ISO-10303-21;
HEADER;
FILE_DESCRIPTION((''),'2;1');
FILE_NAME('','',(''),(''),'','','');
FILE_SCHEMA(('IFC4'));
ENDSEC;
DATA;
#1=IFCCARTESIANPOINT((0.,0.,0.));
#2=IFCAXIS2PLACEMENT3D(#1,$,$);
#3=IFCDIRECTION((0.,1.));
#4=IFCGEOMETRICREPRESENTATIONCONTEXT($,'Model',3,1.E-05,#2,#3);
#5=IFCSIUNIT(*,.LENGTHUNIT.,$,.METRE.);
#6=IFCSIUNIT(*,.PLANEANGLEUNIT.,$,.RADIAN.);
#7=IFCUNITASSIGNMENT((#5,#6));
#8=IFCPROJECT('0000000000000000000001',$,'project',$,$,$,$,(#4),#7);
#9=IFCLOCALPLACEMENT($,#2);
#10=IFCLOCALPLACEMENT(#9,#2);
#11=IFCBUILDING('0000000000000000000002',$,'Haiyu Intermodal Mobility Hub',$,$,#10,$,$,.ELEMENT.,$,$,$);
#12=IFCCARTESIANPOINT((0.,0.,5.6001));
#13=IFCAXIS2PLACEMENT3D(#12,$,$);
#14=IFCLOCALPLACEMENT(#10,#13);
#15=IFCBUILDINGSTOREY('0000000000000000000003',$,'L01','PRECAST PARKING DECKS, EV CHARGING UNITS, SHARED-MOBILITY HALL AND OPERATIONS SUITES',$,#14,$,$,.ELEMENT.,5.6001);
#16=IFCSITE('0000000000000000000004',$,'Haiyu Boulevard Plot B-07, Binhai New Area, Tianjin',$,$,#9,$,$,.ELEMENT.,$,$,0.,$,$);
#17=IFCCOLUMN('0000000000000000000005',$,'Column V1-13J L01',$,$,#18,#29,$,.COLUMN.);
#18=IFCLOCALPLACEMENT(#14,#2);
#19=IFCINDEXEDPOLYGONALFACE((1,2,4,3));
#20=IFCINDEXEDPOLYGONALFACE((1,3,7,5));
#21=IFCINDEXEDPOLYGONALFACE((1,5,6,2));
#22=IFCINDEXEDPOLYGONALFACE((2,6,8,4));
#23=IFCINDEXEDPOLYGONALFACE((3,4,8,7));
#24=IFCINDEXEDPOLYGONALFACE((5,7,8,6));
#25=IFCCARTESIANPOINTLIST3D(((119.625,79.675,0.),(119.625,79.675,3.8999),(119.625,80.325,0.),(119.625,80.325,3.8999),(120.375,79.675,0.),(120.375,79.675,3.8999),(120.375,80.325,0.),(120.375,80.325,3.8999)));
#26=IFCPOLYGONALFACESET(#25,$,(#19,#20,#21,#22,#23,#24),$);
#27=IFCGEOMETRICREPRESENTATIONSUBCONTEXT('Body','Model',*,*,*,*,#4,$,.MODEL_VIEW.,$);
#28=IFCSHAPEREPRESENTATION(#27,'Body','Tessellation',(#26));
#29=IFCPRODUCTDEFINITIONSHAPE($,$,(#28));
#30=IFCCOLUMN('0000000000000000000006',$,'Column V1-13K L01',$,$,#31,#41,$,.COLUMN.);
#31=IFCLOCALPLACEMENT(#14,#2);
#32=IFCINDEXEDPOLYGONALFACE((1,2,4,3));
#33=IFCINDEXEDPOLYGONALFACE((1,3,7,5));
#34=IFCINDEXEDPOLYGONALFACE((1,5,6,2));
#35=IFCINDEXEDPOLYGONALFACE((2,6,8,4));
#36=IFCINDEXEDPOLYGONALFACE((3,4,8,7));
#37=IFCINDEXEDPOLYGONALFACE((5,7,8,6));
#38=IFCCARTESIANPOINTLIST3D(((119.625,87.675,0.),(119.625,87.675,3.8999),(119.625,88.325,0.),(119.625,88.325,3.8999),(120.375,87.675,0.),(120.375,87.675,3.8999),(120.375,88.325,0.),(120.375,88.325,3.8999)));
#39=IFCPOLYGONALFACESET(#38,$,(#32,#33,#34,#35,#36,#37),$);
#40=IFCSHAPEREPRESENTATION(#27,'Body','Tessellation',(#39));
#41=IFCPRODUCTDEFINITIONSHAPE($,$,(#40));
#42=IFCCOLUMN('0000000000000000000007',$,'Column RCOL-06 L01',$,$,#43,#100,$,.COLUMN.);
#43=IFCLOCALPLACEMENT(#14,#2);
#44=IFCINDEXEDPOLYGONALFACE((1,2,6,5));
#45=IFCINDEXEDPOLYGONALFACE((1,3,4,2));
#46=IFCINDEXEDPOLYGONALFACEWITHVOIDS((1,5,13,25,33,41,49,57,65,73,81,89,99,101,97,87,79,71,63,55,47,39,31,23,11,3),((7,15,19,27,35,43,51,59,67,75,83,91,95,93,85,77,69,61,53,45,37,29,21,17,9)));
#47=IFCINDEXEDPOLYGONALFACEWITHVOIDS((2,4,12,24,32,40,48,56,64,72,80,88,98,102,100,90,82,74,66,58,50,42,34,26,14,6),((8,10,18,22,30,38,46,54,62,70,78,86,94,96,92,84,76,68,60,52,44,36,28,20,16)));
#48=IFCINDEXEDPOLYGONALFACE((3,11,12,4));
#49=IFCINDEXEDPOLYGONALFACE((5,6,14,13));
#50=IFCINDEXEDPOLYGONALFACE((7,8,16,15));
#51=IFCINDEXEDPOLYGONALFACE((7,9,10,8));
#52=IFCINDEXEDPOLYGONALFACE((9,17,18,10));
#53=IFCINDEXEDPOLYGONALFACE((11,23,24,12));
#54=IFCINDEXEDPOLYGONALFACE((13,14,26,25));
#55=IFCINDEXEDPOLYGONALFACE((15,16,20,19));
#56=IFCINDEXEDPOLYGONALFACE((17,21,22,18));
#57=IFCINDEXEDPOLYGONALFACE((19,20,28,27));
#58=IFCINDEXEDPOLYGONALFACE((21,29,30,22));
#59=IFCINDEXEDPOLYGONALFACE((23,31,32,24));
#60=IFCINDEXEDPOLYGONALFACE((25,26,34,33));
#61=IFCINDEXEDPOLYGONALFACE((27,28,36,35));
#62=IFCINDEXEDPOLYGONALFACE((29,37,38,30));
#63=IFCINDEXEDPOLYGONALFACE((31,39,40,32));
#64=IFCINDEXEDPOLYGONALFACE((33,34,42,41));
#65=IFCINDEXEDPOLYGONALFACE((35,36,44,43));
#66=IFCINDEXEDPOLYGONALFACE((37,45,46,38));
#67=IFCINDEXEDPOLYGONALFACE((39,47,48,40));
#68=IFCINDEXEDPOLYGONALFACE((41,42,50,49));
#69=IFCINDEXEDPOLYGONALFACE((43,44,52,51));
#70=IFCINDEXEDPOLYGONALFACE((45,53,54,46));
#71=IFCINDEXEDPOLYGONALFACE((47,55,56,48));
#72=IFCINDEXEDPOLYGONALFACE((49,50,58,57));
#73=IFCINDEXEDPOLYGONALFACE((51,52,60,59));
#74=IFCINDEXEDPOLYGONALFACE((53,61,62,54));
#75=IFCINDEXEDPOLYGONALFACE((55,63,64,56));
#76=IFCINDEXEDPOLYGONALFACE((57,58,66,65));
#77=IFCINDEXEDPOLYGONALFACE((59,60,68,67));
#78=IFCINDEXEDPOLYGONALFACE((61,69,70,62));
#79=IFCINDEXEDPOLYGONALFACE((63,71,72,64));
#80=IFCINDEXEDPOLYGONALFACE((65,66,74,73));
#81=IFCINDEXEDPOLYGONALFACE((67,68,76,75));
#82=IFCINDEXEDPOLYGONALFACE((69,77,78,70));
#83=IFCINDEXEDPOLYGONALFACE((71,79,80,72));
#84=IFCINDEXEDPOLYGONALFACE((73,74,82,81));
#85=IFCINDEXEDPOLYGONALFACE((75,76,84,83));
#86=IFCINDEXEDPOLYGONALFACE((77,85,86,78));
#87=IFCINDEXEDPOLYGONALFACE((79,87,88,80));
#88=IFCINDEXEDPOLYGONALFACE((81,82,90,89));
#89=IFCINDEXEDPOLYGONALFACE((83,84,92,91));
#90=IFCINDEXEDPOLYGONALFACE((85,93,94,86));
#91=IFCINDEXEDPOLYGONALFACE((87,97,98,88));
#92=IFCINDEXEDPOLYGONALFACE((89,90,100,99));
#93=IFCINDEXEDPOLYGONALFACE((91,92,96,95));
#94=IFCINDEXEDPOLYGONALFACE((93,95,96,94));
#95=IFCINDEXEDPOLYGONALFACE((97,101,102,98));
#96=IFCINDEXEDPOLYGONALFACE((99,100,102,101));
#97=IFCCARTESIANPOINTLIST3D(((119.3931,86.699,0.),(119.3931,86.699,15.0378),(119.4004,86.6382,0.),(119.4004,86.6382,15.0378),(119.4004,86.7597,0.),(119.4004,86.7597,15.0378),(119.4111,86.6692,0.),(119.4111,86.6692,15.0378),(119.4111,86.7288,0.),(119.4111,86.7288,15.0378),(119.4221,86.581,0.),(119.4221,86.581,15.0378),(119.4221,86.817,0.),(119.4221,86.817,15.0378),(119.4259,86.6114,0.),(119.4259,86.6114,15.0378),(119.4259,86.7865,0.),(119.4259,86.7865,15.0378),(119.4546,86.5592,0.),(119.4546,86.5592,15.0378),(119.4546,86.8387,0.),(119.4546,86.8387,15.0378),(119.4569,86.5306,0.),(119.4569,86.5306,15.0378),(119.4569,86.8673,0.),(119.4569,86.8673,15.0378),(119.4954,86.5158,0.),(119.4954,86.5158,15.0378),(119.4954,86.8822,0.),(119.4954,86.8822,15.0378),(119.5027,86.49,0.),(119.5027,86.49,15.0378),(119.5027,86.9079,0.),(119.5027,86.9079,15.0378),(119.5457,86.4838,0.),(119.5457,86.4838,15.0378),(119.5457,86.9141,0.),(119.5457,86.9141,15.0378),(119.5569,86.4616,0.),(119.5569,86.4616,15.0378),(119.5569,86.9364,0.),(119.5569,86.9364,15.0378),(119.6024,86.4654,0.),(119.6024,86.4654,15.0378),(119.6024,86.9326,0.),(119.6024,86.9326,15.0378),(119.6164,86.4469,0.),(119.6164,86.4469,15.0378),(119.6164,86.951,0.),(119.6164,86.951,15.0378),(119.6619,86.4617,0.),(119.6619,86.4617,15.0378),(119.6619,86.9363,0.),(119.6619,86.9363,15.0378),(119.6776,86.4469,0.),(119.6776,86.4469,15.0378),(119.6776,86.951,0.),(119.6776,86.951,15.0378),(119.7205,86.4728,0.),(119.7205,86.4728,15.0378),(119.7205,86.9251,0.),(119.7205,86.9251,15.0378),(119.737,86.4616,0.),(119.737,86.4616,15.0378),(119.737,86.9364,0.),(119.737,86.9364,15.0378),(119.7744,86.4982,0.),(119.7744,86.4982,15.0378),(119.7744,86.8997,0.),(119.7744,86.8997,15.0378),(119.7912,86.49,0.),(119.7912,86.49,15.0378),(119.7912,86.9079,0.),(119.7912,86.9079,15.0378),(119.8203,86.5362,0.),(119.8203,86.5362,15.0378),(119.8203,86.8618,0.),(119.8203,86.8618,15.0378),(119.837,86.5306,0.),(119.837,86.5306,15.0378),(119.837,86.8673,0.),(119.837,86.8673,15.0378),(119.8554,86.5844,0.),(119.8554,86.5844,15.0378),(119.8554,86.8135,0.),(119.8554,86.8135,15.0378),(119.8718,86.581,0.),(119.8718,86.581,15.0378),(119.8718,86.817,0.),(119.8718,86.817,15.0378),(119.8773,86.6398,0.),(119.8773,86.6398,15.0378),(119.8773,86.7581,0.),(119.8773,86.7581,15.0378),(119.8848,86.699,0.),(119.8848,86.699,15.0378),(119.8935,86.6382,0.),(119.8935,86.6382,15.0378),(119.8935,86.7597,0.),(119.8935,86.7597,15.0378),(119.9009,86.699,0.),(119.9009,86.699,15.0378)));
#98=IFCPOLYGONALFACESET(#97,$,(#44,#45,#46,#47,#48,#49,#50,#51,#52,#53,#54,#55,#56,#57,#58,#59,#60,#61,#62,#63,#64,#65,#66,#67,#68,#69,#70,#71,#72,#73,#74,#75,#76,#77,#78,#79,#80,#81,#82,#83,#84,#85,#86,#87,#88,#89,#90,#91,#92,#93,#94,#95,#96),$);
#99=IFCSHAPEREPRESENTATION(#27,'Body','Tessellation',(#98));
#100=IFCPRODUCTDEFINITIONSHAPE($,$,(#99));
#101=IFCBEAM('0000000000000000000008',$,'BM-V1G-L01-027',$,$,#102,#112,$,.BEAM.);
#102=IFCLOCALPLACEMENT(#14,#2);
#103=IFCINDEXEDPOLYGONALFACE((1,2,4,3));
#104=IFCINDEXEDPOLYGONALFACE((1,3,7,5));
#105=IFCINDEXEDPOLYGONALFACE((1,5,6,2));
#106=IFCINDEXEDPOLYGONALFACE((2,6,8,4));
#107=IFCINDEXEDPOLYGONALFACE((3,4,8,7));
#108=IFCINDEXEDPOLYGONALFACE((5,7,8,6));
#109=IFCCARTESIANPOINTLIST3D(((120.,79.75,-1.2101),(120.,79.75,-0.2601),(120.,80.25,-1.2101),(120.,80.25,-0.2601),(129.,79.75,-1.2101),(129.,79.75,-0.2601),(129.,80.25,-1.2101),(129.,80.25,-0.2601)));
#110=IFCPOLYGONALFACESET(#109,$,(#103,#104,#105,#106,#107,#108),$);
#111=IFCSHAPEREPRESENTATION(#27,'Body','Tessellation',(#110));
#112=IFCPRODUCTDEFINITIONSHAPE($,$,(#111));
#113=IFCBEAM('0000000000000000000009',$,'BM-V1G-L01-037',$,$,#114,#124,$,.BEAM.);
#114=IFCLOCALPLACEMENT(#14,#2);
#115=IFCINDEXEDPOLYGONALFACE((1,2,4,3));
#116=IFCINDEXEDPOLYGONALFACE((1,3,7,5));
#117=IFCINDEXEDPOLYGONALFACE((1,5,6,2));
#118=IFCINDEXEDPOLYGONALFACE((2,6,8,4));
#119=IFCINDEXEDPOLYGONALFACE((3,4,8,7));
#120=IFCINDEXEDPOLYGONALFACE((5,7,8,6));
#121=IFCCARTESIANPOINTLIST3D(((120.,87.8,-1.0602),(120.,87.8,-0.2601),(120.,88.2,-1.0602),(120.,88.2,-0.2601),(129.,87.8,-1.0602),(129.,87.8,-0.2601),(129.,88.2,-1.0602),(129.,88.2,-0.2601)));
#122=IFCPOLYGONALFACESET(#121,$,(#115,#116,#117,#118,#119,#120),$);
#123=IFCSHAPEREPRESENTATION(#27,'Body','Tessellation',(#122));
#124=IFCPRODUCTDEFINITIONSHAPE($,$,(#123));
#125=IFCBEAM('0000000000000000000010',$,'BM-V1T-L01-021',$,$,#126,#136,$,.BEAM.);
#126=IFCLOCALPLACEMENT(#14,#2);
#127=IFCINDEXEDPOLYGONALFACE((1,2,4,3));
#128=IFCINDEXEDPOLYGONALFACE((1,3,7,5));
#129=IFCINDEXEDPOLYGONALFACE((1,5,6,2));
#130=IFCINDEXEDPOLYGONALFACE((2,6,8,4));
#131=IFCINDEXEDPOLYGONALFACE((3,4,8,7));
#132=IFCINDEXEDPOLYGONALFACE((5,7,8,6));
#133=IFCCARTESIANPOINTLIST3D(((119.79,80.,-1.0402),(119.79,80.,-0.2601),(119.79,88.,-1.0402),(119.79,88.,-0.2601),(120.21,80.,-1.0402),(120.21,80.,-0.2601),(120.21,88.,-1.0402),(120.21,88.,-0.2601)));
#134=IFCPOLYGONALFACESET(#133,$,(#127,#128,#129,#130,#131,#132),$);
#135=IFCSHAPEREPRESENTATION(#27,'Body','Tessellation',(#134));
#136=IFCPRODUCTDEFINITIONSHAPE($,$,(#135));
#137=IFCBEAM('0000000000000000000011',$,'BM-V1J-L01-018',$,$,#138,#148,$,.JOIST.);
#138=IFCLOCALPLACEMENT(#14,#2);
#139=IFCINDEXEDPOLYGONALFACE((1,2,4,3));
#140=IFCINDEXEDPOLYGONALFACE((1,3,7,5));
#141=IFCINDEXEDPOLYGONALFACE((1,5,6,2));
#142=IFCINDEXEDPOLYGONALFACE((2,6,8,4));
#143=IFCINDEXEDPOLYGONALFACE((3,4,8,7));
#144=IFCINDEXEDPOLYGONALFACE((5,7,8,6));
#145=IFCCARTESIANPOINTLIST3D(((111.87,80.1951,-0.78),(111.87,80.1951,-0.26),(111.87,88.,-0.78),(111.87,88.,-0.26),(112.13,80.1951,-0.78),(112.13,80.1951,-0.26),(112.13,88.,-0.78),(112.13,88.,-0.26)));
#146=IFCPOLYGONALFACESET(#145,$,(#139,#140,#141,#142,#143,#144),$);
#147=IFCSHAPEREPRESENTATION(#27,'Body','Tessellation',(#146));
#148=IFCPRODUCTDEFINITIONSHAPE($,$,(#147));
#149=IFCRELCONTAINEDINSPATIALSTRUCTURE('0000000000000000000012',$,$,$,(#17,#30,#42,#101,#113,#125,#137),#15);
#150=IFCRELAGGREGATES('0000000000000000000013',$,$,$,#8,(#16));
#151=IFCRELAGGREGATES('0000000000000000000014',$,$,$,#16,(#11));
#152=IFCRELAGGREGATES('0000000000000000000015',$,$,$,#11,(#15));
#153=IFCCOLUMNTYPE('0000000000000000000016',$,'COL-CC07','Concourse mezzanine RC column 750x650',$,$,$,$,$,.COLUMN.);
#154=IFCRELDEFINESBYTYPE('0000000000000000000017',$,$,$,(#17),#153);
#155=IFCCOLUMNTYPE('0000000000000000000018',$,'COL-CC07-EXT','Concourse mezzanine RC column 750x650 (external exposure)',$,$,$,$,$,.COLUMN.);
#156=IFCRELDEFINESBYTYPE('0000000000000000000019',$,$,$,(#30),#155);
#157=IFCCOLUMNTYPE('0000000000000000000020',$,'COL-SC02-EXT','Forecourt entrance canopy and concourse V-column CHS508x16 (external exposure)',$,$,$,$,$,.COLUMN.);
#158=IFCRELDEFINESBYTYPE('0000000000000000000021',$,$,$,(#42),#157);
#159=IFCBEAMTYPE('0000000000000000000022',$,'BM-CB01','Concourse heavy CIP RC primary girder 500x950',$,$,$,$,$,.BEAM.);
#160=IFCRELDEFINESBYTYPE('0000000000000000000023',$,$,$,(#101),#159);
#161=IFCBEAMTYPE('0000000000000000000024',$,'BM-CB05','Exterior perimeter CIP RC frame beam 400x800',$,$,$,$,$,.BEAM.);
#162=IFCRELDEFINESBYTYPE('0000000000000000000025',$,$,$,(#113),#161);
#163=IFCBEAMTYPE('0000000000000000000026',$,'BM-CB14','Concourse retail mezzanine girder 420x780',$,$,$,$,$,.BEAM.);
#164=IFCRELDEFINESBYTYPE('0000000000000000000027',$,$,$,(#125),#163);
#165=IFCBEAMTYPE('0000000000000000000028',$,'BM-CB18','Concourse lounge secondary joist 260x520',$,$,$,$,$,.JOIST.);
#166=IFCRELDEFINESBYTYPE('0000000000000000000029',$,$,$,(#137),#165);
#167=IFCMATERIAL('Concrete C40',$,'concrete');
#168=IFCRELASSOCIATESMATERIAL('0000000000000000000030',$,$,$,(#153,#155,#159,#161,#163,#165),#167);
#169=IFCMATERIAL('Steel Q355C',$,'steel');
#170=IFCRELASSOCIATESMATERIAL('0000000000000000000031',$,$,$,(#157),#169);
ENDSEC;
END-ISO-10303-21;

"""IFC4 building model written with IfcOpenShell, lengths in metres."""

from ifc_helpers import new_model, si_unit, direction, frame, origin, origin_2d, place, context, subcontext, project, spatial, rectangle, hollow_circle, extrude, material, material_profile, profile_set, type_object, element, save


model = new_model("IFC4")

# Units and contexts
model_context = context("Model", 3, precision=1e-05, world=origin(), true_north=direction((0.0, 1.0)))
body_context = subcontext(model_context, "Body", "Model", "MODEL_VIEW")
ifc_project = project(units=[si_unit("LENGTHUNIT", "METRE"), si_unit("PLANEANGLEUNIT", "RADIAN")], contexts=[model_context])

# Site, building, storey
site_placement = place(None, origin())
site = spatial("IfcSite", under=ifc_project, at=site_placement, Name="Haiyu Boulevard Plot B-07, Binhai New Area, Tianjin", CompositionType="ELEMENT", RefElevation=0.0)
building_placement = place(site_placement, origin())
building = spatial("IfcBuilding", under=site, at=building_placement, Name="Haiyu Intermodal Mobility Hub", CompositionType="ELEMENT")
storey_placement = place(building_placement, frame((0.0, 0.0, 5.6001)))
storey = spatial("IfcBuildingStorey", under=building, at=storey_placement, Name="L01", Description="PRECAST PARKING DECKS, EV CHARGING UNITS, SHARED-MOBILITY HALL AND OPERATIONS SUITES", CompositionType="ELEMENT", Elevation=5.6001)

# Columns
ifc_material_1 = material(Name="Concrete C40", Category="concrete")
ifc_material_profile_1 = material_profile(ifc_material_1, rectangle(XDim=0.75, YDim=0.6499, at=origin_2d()), Name="RC750x650")
ifc_profile_set_1 = profile_set([ifc_material_profile_1], Name="Concrete C40")
column_type_1 = type_object("IfcColumnType", Name="COL-CC07", Description="Concourse mezzanine RC column 750x650", PredefinedType="COLUMN", material=ifc_profile_set_1)
column_1_placement = place(storey_placement, frame((120.0, 80.0, 0.0), z_axis=(0.0, 0.0, 1.0), x_axis=(1.0, 0.0, 0.0)))
element("IfcColumn", 1, at=column_1_placement, inside=storey, type_object=column_type_1, Name="Column V1-13J L01", PredefinedType="COLUMN", context=body_context, shape_type="SweptSolid", body=[
    extrude(rectangle(XDim=0.75, YDim=0.6499, at=origin_2d()), origin(), (0.0, 0.0, 1.0), 3.8999),
])
ifc_material_profile_2 = material_profile(ifc_material_1, rectangle(XDim=0.75, YDim=0.6499, at=origin_2d()), Name="RC750x650")
ifc_profile_set_2 = profile_set([ifc_material_profile_2], Name="Concrete C40")
column_type_2 = type_object("IfcColumnType", Name="COL-CC07-EXT", Description="Concourse mezzanine RC column 750x650 (external exposure)", PredefinedType="COLUMN", material=ifc_profile_set_2)
column_2_placement = place(storey_placement, frame((120.0, 88.0, 0.0), z_axis=(0.0, 0.0, 1.0), x_axis=(1.0, 0.0, 0.0)))
element("IfcColumn", 2, at=column_2_placement, inside=storey, type_object=column_type_2, Name="Column V1-13K L01", PredefinedType="COLUMN", context=body_context, shape_type="SweptSolid", body=[
    extrude(rectangle(XDim=0.75, YDim=0.6499, at=origin_2d()), origin(), (0.0, 0.0, 1.0), 3.8999),
])
ifc_material_2 = material(Name="Steel Q355C", Category="steel")
ifc_material_profile_3 = material_profile(ifc_material_2, hollow_circle(Radius=0.2539, WallThickness=0.0161, at=origin_2d()), Name="CHS508x16")
ifc_profile_set_3 = profile_set([ifc_material_profile_3], Name="Steel Q355C")
column_type_3 = type_object("IfcColumnType", Name="COL-SC02-EXT", Description="Forecourt entrance canopy and concourse V-column CHS508x16 (external exposure)", PredefinedType="COLUMN", material=ifc_profile_set_3)
column_3_placement = place(storey_placement, frame((119.647, 86.699, 0.0), z_axis=(0.0, 0.0, 1.0), x_axis=(1.0, 0.0, 0.0)))
element("IfcColumn", 3, at=column_3_placement, inside=storey, type_object=column_type_3, Name="Column RCOL-06 L01", PredefinedType="COLUMN", context=body_context, shape_type="SweptSolid", body=[
    extrude(hollow_circle(Radius=0.2539, WallThickness=0.0161, at=origin_2d()), origin(), (0.0, 0.0, 1.0), 15.0378),
])

# Beams
ifc_material_profile_4 = material_profile(ifc_material_1, rectangle(XDim=0.5, YDim=0.95, at=origin_2d()), Name="RCB500x950")
ifc_profile_set_4 = profile_set([ifc_material_profile_4], Name="Concrete C40")
beam_type_1 = type_object("IfcBeamType", Name="BM-CB01", Description="Concourse heavy CIP RC primary girder 500x950", PredefinedType="BEAM", material=ifc_profile_set_4)
beam_1_placement = place(storey_placement, frame((120.0, 80.0, -0.7351), z_axis=(1.0, 0.0, 0.0), x_axis=(0.0, 1.0, 0.0)))
element("IfcBeam", 4, at=beam_1_placement, inside=storey, type_object=beam_type_1, Name="BM-V1G-L01-027", PredefinedType="BEAM", context=body_context, shape_type="SweptSolid", body=[
    extrude(rectangle(XDim=0.5, YDim=0.95, at=origin_2d()), origin(), (0.0, 0.0, 1.0), 9.0),
])
ifc_material_profile_5 = material_profile(ifc_material_1, rectangle(XDim=0.3999, YDim=0.8, at=origin_2d()), Name="RCB400x800")
ifc_profile_set_5 = profile_set([ifc_material_profile_5], Name="Concrete C40")
beam_type_2 = type_object("IfcBeamType", Name="BM-CB05", Description="Exterior perimeter CIP RC frame beam 400x800", PredefinedType="BEAM", material=ifc_profile_set_5)
beam_2_placement = place(storey_placement, frame((120.0, 88.0, -0.6602), z_axis=(1.0, 0.0, 0.0), x_axis=(0.0, 1.0, 0.0)))
element("IfcBeam", 5, at=beam_2_placement, inside=storey, type_object=beam_type_2, Name="BM-V1G-L01-037", PredefinedType="BEAM", context=body_context, shape_type="SweptSolid", body=[
    extrude(rectangle(XDim=0.3999, YDim=0.8, at=origin_2d()), origin(), (0.0, 0.0, 1.0), 9.0),
])
ifc_material_profile_6 = material_profile(ifc_material_1, rectangle(XDim=0.4199, YDim=0.78, at=origin_2d()), Name="B420x780")
ifc_profile_set_6 = profile_set([ifc_material_profile_6], Name="Concrete C40")
beam_type_3 = type_object("IfcBeamType", Name="BM-CB14", Description="Concourse retail mezzanine girder 420x780", PredefinedType="BEAM", material=ifc_profile_set_6)
beam_3_placement = place(storey_placement, frame((120.0, 80.0, -0.6501), z_axis=(0.0, 1.0, 0.0), x_axis=(-1.0, 0.0, 0.0)))
element("IfcBeam", 6, at=beam_3_placement, inside=storey, type_object=beam_type_3, Name="BM-V1T-L01-021", PredefinedType="BEAM", context=body_context, shape_type="SweptSolid", body=[
    extrude(rectangle(XDim=0.4199, YDim=0.78, at=origin_2d()), origin(), (0.0, 0.0, 1.0), 8.0),
])
ifc_material_profile_7 = material_profile(ifc_material_1, rectangle(XDim=0.26, YDim=0.52, at=origin_2d()), Name="B260x520")
ifc_profile_set_7 = profile_set([ifc_material_profile_7], Name="Concrete C40")
beam_type_4 = type_object("IfcBeamType", Name="BM-CB18", Description="Concourse lounge secondary joist 260x520", PredefinedType="JOIST", material=ifc_profile_set_7)
beam_4_placement = place(storey_placement, frame((112.0, 80.1951, -0.52), z_axis=(0.0, 1.0, 0.0), x_axis=(-1.0, 0.0, 0.0)))
element("IfcBeam", 7, at=beam_4_placement, inside=storey, type_object=beam_type_4, Name="BM-V1J-L01-018", PredefinedType="JOIST", context=body_context, shape_type="SweptSolid", body=[
    extrude(rectangle(XDim=0.26, YDim=0.52, at=origin_2d()), origin(), (0.0, 0.0, 1.0), 7.8049),
])

save(model, "model.ifc")
